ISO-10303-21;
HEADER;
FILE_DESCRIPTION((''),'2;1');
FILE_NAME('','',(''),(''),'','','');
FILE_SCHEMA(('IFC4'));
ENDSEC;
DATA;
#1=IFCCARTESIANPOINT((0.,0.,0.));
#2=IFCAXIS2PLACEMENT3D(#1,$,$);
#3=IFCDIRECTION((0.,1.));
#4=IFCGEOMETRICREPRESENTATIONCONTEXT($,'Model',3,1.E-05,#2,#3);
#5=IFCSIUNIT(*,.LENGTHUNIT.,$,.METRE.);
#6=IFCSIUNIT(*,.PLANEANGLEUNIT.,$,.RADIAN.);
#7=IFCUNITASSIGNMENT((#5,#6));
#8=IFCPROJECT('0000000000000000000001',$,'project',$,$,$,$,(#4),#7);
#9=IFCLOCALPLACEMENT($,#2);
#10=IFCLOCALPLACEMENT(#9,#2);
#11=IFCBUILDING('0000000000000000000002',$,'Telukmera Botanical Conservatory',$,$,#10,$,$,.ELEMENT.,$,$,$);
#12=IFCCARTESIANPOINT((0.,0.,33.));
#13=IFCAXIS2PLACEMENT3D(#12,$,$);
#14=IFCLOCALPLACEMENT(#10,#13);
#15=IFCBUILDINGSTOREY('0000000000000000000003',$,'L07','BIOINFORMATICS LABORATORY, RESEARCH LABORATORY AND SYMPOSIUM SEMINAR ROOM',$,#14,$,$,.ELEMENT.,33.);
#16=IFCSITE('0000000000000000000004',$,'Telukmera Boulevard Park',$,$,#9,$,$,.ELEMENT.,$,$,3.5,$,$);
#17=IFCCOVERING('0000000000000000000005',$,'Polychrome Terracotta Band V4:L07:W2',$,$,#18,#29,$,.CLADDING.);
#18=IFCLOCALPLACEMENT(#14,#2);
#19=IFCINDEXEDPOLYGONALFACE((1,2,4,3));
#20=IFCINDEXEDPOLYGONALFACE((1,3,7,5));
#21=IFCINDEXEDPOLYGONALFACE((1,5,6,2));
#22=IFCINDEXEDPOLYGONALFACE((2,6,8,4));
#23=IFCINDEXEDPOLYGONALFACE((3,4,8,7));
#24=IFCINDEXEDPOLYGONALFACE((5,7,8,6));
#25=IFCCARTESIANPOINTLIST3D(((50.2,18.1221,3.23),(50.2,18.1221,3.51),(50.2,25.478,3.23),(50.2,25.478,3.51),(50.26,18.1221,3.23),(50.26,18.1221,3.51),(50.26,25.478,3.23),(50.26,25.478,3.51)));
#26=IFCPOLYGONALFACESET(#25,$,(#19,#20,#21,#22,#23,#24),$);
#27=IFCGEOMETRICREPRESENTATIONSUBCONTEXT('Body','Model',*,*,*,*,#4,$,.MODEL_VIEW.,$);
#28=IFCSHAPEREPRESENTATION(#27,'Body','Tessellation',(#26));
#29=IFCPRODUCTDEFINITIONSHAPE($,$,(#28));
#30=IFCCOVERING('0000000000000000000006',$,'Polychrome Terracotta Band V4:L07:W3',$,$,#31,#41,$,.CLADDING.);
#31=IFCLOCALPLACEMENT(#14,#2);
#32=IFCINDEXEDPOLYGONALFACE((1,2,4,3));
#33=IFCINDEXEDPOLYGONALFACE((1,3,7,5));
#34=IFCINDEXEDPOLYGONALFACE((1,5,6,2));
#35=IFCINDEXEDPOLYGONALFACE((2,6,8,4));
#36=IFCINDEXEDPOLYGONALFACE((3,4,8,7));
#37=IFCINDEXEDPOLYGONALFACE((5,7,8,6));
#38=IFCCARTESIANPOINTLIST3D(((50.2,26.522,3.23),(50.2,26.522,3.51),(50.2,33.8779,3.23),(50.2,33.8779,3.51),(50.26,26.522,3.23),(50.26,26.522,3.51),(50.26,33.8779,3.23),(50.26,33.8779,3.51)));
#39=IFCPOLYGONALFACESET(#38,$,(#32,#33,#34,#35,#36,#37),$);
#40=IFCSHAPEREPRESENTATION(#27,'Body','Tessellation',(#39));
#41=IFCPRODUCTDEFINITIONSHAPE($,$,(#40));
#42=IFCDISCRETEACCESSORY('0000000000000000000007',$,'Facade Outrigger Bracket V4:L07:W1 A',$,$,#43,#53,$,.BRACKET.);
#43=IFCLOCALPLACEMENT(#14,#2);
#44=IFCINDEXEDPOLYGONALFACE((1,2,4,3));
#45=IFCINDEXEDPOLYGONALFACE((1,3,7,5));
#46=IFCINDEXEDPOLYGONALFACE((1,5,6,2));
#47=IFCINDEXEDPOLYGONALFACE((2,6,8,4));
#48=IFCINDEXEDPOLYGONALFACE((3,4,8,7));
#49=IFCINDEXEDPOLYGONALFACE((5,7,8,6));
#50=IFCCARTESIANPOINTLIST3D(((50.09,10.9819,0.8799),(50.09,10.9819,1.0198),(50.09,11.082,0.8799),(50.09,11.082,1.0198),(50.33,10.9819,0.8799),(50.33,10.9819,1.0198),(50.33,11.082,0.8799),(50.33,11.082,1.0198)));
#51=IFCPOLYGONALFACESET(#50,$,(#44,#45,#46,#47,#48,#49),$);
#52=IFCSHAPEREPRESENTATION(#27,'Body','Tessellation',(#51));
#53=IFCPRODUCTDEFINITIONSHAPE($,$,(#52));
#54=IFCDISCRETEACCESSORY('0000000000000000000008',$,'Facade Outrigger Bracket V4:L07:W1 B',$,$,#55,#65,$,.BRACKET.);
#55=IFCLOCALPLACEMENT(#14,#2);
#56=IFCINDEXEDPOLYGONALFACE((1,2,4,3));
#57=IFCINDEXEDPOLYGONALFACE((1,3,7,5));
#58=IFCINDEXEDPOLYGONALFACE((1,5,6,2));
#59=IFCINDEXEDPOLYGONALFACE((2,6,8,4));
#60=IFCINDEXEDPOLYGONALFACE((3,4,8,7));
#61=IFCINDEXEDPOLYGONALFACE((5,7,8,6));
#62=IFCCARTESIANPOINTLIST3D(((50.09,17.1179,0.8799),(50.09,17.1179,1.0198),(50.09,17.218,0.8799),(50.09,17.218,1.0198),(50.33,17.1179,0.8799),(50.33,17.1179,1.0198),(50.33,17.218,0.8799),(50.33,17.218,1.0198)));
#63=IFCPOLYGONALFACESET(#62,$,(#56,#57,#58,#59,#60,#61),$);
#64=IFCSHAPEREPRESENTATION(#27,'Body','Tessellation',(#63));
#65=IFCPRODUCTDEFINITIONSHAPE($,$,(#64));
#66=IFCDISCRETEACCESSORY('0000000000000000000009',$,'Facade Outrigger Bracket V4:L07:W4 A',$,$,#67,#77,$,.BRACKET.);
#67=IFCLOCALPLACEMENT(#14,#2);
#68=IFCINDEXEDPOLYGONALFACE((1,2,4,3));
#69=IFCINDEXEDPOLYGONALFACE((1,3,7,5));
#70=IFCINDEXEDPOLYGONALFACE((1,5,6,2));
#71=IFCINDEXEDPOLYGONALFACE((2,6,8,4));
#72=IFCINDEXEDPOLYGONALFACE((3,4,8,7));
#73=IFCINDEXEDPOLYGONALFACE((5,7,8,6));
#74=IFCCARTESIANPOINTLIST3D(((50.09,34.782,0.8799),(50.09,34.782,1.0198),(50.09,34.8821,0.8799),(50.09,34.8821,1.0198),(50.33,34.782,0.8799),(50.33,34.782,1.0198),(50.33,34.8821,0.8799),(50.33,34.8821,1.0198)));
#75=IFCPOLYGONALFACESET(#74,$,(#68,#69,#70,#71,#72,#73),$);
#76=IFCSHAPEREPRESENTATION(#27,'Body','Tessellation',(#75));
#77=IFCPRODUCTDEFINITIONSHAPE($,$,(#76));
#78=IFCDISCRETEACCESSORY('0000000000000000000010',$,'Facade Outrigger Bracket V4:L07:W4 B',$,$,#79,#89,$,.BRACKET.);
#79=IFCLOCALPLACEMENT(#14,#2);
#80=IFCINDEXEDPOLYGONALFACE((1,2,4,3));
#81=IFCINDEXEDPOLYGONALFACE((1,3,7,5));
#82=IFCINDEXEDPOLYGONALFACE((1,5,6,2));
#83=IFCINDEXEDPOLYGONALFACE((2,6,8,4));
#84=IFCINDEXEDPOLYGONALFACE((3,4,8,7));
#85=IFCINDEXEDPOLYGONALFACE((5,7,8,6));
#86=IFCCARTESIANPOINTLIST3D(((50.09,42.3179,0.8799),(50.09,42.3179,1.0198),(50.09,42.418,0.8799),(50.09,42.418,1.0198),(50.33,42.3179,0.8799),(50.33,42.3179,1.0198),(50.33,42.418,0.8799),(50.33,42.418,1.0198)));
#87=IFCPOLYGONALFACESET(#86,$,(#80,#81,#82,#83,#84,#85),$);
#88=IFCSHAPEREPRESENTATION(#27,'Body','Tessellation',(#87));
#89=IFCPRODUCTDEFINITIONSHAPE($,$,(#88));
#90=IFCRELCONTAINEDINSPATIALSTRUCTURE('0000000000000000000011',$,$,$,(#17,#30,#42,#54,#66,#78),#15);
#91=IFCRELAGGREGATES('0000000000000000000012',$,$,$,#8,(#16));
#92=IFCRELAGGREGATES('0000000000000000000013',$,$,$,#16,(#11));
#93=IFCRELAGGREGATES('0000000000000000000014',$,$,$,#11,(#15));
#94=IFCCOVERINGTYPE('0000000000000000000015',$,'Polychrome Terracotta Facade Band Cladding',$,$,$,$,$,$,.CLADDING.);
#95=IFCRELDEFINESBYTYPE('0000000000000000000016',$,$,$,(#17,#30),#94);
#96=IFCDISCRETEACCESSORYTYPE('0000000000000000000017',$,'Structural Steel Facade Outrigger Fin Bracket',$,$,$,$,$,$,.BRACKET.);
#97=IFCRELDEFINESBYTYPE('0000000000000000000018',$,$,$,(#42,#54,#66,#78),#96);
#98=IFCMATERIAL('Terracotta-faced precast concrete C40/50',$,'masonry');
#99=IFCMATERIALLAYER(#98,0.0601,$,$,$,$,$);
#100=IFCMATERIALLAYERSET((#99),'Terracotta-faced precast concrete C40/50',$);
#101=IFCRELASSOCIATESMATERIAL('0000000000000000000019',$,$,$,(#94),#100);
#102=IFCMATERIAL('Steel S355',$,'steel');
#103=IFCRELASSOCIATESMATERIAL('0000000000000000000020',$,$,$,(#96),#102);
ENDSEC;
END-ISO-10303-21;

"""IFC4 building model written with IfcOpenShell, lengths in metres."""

from ifc_helpers import new_model, si_unit, direction, frame, origin, origin_2d, place, context, subcontext, project, spatial, rectangle, extrude, material, layer, layer_set, type_object, element, save


model = new_model("IFC4")

# Units and contexts
model_context = context("Model", 3, precision=1e-05, world=origin(), true_north=direction((0.0, 1.0)))
body_context = subcontext(model_context, "Body", "Model", "MODEL_VIEW")
ifc_project = project(units=[si_unit("LENGTHUNIT", "METRE"), si_unit("PLANEANGLEUNIT", "RADIAN")], contexts=[model_context])

# Site, building, storey
site_placement = place(None, origin())
site = spatial("IfcSite", under=ifc_project, at=site_placement, Name="Telukmera Boulevard Park", CompositionType="ELEMENT", RefElevation=3.5)
building_placement = place(site_placement, origin())
building = spatial("IfcBuilding", under=site, at=building_placement, Name="Telukmera Botanical Conservatory", CompositionType="ELEMENT")
storey_placement = place(building_placement, frame((0.0, 0.0, 33.0)))
storey = spatial("IfcBuildingStorey", under=building, at=storey_placement, Name="L07", Description="BIOINFORMATICS LABORATORY, RESEARCH LABORATORY AND SYMPOSIUM SEMINAR ROOM", CompositionType="ELEMENT", Elevation=33.0)

# Coverings
ifc_material_1 = material(Name="Terracotta-faced precast concrete C40/50", Category="masonry")
ifc_layer_1 = layer(ifc_material_1, 0.0601)
ifc_layer_set_1 = layer_set([ifc_layer_1], Name="Terracotta-faced precast concrete C40/50")
covering_type_1 = type_object("IfcCoveringType", Name="Polychrome Terracotta Facade Band Cladding", PredefinedType="CLADDING", material=ifc_layer_set_1)
for number, where, z_axis, x_axis, name in (
    (1, (50.23, 21.8, 3.23), (0.0, 0.0, 1.0), (0.0, 1.0, 0.0), "Polychrome Terracotta Band V4:L07:W2"),
    (2, (50.23, 30.2, 3.23), (0.0, 0.0, 1.0), (0.0, 1.0, 0.0), "Polychrome Terracotta Band V4:L07:W3"),
):
    element("IfcCovering", number, at=place(storey_placement, frame(where, z_axis=z_axis, x_axis=x_axis)), inside=storey, type_object=covering_type_1, Name=name, PredefinedType="CLADDING", context=body_context, shape_type="SweptSolid", body=[
        extrude(rectangle(XDim=7.356, YDim=0.0601, at=origin_2d()), origin(), (0.0, 0.0, 1.0), 0.28),
    ])

# Discrete accessories
ifc_material_2 = material(Name="Steel S355", Category="steel")
discrete_accessory_type = type_object("IfcDiscreteAccessoryType", Name="Structural Steel Facade Outrigger Fin Bracket", PredefinedType="BRACKET", material=ifc_material_2)
for number, where, z_axis, x_axis, name in (
    (3, (50.21, 11.032, 0.8799), (0.0, 0.0, 1.0), (0.0, 1.0, 0.0), "Facade Outrigger Bracket V4:L07:W1 A"),
    (4, (50.21, 17.168, 0.8799), (0.0, 0.0, 1.0), (0.0, 1.0, 0.0), "Facade Outrigger Bracket V4:L07:W1 B"),
    (5, (50.21, 34.832, 0.8799), (0.0, 0.0, 1.0), (0.0, 1.0, 0.0), "Facade Outrigger Bracket V4:L07:W4 A"),
    (6, (50.21, 42.3679, 0.8799), (0.0, 0.0, 1.0), (0.0, 1.0, 0.0), "Facade Outrigger Bracket V4:L07:W4 B"),
):
    element("IfcDiscreteAccessory", number, at=place(storey_placement, frame(where, z_axis=z_axis, x_axis=x_axis)), inside=storey, type_object=discrete_accessory_type, Name=name, PredefinedType="BRACKET", context=body_context, shape_type="SweptSolid", body=[
        extrude(rectangle(XDim=0.1001, YDim=0.24, at=origin_2d()), origin(), (0.0, 0.0, 1.0), 0.1399),
    ])

save(model, "model.ifc")
